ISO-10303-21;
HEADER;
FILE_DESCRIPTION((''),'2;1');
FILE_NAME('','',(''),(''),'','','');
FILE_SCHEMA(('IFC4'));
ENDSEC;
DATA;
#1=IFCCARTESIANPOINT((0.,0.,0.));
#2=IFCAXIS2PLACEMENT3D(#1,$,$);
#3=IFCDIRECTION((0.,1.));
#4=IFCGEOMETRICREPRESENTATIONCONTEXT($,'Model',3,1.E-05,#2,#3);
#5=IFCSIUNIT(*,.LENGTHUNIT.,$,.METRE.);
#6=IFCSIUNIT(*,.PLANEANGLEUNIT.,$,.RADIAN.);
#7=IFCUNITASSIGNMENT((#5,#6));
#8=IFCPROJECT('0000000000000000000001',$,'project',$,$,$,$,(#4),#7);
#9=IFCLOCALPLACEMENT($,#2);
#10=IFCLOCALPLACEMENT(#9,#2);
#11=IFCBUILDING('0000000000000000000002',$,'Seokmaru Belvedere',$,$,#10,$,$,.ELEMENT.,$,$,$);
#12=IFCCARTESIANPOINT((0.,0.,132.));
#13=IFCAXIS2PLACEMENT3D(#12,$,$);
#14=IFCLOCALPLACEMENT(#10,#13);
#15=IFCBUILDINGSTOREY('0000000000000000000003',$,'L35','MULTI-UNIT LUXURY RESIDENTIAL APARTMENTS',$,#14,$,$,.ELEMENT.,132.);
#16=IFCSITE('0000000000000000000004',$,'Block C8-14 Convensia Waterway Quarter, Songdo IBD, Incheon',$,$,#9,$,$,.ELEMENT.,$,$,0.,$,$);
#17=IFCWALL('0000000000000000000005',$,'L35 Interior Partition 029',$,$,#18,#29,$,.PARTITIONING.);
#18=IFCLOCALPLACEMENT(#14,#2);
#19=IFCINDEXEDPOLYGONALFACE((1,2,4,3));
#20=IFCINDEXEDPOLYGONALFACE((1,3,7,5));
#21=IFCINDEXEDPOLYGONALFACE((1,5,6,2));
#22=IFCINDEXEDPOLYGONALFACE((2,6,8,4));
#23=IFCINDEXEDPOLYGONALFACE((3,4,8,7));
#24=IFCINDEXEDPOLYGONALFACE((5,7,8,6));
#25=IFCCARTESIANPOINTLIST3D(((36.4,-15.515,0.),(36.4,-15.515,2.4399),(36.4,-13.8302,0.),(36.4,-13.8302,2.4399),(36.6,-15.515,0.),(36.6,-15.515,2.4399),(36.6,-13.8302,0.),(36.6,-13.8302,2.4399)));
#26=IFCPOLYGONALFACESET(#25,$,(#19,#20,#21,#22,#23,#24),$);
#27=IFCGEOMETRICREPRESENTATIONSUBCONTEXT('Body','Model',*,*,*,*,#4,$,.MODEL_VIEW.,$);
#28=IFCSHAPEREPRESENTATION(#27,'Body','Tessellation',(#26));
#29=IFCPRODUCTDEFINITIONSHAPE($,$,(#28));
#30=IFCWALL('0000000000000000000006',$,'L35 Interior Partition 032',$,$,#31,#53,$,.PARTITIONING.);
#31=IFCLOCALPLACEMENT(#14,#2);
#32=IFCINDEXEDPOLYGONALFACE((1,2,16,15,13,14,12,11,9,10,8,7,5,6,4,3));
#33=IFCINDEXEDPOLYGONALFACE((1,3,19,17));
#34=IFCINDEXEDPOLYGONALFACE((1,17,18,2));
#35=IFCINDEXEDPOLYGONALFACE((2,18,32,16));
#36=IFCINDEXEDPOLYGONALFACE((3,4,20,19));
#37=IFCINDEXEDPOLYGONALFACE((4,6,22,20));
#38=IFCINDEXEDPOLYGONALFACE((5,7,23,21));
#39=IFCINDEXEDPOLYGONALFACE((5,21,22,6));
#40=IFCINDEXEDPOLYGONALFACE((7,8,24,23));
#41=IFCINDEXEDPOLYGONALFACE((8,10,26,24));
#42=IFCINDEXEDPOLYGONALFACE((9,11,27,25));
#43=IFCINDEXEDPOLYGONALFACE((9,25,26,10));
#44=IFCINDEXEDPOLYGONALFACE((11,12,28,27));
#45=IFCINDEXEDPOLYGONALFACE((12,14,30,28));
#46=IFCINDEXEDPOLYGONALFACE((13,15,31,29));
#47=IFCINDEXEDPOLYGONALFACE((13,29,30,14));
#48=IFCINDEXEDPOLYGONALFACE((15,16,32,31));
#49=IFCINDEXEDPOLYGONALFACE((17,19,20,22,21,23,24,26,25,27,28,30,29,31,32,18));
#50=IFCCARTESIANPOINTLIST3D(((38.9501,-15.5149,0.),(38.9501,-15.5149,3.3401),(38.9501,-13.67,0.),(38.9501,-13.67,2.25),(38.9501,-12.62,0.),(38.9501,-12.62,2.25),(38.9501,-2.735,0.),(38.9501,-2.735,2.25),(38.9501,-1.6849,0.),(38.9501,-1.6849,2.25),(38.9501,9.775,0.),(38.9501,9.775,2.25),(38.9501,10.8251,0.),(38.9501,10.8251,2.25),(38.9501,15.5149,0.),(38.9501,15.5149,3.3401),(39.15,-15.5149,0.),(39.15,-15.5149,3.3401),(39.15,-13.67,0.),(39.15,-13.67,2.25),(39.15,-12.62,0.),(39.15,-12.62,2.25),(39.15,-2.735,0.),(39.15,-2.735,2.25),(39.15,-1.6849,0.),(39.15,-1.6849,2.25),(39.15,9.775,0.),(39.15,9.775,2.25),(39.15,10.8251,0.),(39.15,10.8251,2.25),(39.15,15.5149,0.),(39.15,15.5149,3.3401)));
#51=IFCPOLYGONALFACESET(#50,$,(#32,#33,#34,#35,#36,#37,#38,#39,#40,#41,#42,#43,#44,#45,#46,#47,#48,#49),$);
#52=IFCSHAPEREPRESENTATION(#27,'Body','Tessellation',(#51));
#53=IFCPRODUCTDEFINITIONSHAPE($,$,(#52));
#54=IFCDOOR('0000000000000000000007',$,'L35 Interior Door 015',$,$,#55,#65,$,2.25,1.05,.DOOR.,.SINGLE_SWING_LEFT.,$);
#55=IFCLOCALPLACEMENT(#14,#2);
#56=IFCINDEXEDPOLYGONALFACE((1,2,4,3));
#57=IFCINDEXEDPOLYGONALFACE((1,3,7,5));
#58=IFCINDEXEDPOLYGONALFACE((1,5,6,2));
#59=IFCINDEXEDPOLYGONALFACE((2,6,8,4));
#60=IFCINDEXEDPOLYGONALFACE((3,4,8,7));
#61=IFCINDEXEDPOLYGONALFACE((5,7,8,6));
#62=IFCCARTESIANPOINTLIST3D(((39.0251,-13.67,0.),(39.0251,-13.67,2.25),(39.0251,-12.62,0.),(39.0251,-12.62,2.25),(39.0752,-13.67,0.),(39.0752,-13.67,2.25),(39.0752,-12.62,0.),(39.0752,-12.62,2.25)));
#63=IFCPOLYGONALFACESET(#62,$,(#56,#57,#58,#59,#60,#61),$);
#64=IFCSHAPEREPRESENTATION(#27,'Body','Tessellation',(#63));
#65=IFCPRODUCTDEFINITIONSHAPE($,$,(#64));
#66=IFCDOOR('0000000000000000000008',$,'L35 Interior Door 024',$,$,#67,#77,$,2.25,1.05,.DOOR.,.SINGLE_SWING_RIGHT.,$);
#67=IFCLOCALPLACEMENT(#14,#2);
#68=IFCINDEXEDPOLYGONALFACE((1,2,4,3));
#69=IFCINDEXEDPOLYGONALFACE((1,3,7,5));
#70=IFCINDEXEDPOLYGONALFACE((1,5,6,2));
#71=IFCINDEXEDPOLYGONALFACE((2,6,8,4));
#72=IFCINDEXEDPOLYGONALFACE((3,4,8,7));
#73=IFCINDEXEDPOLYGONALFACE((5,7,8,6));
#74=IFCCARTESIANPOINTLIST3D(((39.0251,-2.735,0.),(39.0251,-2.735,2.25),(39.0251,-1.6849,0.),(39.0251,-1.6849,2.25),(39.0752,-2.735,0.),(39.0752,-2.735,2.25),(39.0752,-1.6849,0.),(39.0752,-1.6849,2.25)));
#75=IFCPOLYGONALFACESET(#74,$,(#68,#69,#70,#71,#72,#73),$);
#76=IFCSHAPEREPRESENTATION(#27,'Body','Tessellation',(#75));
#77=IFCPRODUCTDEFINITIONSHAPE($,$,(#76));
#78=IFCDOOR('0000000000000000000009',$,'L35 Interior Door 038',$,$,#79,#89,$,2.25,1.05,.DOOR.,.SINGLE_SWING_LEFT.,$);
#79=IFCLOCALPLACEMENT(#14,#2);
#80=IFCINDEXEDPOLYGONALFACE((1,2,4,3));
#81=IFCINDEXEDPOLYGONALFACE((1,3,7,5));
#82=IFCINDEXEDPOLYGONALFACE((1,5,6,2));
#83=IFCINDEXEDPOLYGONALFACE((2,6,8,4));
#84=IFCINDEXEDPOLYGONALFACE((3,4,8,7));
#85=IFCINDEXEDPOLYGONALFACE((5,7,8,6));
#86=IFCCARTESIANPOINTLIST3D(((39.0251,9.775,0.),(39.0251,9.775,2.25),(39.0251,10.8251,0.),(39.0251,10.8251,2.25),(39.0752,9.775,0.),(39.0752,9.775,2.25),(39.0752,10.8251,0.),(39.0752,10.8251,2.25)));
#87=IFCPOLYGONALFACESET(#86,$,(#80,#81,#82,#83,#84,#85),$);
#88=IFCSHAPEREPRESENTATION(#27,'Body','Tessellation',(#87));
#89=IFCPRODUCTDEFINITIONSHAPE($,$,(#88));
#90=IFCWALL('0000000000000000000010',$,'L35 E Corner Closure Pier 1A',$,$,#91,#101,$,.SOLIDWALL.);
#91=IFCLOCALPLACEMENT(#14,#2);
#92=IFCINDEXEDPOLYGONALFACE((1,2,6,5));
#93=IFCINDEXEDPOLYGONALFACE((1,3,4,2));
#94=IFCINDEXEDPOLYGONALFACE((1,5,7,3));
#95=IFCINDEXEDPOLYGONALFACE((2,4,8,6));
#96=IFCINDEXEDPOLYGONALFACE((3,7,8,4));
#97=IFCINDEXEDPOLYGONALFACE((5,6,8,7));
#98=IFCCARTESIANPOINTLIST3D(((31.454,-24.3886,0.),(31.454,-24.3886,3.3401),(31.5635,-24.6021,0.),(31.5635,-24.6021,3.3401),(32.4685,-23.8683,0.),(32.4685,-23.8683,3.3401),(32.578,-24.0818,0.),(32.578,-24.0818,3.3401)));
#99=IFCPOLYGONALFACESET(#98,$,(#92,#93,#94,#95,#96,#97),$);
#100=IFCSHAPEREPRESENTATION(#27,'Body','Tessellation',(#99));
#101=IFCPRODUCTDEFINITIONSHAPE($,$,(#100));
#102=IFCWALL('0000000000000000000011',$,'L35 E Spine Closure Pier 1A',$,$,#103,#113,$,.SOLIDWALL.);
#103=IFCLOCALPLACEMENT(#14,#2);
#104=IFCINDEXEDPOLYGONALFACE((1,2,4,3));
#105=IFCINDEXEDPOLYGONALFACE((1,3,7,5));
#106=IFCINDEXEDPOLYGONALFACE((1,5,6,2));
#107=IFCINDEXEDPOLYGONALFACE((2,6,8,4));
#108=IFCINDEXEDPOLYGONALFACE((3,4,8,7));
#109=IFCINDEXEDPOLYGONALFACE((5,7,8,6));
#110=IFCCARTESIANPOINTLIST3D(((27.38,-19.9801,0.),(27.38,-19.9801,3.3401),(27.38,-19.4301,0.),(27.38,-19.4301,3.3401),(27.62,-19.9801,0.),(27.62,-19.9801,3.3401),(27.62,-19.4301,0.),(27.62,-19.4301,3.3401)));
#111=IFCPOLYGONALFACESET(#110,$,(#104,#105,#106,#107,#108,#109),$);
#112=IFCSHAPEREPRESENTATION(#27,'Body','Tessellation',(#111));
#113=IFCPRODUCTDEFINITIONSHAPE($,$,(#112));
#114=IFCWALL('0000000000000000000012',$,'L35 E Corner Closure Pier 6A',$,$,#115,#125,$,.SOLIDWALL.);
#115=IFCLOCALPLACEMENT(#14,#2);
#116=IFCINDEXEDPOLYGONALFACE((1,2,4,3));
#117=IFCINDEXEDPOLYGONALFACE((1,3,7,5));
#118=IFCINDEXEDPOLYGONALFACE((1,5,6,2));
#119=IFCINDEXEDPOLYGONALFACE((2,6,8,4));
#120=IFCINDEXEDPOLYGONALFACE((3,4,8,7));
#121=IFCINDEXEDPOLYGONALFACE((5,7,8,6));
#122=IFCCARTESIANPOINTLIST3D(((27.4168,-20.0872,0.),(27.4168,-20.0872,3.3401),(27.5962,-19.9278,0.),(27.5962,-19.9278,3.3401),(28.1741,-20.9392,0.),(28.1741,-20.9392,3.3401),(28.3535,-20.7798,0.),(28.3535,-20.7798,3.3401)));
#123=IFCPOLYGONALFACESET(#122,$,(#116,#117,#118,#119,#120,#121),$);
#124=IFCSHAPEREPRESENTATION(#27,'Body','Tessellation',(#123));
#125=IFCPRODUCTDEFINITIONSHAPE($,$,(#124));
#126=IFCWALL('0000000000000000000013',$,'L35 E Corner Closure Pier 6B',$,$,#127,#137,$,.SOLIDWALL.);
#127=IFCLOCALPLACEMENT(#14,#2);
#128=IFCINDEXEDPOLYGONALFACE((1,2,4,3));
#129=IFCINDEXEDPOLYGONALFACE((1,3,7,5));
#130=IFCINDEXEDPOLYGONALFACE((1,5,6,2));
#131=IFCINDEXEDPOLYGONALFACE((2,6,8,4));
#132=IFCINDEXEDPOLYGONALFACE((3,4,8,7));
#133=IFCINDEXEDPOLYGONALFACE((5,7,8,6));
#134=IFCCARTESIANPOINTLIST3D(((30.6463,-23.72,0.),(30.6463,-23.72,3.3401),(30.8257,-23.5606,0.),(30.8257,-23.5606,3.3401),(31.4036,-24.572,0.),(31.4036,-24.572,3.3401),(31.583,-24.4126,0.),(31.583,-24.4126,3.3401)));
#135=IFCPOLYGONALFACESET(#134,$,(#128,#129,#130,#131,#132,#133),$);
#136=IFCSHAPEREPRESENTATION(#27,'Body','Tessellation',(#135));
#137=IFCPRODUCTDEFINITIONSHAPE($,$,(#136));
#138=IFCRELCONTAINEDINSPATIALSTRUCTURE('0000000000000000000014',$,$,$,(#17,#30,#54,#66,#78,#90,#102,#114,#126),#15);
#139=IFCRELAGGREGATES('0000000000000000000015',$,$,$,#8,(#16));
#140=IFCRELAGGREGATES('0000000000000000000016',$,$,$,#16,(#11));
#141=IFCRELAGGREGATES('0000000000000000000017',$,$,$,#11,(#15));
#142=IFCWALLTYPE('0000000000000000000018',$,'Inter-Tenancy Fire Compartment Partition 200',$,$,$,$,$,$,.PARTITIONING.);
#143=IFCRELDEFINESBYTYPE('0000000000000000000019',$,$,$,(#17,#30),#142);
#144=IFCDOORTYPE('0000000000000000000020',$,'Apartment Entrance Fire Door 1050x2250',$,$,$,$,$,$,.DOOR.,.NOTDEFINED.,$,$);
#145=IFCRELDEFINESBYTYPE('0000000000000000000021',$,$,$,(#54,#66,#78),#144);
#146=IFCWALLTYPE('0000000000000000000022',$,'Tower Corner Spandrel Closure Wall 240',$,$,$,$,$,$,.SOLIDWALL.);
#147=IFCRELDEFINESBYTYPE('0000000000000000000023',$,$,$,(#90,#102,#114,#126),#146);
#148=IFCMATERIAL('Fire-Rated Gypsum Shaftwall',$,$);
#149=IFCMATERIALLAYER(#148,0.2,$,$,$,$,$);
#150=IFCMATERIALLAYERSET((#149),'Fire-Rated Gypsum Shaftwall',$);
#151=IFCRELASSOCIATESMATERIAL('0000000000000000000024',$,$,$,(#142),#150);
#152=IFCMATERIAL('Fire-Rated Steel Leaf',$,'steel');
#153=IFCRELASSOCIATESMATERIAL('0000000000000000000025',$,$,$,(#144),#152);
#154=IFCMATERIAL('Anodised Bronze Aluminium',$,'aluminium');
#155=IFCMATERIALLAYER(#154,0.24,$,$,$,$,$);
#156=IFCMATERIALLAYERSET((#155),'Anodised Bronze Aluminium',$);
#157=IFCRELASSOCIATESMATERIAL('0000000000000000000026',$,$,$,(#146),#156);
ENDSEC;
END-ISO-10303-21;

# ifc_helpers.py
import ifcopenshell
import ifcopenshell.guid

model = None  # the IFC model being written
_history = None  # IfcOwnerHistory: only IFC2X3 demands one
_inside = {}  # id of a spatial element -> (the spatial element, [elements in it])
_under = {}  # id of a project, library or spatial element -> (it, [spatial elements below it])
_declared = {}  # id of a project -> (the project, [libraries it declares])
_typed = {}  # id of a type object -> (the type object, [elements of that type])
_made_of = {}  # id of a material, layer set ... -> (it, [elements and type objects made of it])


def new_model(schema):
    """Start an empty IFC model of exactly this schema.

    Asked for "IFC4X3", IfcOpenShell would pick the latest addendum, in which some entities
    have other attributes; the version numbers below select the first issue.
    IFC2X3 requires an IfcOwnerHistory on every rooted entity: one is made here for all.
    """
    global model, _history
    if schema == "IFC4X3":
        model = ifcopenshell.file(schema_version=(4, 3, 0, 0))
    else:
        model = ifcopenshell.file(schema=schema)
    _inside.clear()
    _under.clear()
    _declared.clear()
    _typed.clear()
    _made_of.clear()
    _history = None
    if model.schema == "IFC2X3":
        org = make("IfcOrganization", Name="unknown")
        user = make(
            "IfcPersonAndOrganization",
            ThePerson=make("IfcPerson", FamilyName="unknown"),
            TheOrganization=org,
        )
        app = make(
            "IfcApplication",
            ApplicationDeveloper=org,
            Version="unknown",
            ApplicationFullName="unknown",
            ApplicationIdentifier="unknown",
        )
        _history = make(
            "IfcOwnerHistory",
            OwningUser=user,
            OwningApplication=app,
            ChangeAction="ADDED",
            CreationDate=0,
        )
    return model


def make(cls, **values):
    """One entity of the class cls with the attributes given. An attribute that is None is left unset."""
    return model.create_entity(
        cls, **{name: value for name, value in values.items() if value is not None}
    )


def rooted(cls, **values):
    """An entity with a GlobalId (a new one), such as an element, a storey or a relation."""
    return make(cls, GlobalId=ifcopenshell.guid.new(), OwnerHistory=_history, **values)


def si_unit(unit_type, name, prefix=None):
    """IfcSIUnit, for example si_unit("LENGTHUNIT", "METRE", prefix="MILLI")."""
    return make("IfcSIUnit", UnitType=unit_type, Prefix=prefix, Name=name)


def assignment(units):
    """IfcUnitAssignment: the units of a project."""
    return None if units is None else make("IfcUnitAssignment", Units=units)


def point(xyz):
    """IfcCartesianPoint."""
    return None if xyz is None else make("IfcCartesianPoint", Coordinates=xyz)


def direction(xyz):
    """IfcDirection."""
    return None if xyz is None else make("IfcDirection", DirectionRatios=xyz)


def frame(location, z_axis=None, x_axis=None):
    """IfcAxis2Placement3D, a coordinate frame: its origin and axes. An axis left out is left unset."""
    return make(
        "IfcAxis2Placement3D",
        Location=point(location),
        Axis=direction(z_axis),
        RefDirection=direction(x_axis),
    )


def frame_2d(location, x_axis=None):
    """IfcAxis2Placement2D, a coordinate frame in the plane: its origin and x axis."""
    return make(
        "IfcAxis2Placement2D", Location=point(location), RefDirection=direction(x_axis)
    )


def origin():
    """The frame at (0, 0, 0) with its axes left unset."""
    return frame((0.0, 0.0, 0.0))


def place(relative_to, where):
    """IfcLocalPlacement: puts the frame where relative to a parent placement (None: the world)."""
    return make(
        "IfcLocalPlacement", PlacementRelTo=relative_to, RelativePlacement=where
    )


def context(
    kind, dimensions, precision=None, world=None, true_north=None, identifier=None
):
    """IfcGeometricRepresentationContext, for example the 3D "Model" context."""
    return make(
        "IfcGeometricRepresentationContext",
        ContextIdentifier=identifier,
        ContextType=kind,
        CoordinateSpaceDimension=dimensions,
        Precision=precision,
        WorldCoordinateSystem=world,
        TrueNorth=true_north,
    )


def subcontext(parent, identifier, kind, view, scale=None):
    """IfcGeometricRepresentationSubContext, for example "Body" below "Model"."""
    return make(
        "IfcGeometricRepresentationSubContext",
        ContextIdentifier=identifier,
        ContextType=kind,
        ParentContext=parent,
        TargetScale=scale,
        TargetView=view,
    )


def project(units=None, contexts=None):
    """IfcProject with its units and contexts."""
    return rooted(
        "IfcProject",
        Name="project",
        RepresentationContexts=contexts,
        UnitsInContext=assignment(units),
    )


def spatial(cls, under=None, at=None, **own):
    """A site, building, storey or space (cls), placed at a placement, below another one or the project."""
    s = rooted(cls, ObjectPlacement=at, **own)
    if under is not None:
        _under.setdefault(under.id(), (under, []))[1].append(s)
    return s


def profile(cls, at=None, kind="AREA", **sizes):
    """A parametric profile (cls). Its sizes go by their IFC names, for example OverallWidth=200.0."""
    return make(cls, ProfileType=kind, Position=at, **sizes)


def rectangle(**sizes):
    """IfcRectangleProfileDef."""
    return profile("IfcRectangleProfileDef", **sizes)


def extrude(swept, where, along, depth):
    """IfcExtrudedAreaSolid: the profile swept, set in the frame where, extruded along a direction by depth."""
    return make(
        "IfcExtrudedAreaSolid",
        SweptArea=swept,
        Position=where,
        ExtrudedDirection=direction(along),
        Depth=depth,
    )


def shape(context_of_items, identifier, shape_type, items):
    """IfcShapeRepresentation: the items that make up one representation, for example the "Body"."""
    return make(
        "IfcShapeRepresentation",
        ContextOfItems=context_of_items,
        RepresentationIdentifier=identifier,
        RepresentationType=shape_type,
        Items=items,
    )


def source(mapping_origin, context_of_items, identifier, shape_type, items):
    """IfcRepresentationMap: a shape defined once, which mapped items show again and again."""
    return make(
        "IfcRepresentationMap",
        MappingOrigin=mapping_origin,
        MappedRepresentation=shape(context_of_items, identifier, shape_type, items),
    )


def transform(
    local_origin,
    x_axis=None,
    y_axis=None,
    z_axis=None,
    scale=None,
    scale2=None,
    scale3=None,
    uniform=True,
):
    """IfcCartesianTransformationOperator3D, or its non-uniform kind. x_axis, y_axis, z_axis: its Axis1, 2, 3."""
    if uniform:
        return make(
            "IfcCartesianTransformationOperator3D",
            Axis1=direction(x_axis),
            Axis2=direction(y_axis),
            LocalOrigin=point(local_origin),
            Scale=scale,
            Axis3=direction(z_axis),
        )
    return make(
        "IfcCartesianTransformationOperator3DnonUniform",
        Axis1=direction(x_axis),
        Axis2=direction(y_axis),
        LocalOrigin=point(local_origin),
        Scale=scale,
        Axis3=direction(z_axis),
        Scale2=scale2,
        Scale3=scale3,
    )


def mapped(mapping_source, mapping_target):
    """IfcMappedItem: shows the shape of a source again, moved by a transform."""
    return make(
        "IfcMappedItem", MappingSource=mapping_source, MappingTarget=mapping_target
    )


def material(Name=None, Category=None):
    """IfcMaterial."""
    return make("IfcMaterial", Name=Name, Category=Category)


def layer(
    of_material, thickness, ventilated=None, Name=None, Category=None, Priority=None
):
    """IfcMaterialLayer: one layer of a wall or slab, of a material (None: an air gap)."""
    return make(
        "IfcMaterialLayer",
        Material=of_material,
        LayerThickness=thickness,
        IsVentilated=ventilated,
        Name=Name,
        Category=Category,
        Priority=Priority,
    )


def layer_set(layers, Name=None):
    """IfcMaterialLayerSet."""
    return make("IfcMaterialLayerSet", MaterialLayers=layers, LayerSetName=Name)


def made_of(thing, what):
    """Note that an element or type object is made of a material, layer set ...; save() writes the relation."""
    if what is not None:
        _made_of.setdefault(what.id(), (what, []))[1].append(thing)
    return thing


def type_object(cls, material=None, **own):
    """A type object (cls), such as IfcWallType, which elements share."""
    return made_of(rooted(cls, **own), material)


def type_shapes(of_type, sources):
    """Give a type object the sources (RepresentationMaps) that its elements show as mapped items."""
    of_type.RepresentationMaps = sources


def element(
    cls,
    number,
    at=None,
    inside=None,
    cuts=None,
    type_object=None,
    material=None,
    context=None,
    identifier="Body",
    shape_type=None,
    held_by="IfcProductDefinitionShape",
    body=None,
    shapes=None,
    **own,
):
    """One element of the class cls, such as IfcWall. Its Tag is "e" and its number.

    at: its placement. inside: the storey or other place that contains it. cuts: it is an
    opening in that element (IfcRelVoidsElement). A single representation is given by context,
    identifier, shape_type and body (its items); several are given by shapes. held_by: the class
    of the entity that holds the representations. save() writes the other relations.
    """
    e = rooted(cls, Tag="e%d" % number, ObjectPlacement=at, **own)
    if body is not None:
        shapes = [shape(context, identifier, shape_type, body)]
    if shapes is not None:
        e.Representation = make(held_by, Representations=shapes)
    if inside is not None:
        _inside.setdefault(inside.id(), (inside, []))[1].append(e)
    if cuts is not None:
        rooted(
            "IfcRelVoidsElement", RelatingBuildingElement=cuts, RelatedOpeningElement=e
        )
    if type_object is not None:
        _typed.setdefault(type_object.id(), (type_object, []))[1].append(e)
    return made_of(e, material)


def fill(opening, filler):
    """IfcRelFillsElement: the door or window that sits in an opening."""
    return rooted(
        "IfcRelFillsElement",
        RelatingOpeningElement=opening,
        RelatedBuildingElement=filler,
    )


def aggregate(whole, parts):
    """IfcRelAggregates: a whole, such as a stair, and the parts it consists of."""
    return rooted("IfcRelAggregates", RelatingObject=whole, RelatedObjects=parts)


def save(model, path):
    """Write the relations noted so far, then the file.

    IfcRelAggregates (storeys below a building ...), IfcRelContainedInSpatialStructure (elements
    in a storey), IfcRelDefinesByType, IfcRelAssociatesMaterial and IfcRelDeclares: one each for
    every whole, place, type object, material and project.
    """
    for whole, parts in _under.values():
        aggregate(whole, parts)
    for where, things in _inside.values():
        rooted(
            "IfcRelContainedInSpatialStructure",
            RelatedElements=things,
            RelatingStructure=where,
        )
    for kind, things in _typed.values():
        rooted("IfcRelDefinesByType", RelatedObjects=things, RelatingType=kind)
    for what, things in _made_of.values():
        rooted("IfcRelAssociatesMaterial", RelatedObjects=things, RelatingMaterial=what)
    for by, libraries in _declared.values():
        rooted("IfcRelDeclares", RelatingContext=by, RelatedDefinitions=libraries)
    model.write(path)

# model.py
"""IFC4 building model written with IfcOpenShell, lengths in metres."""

from ifc_helpers import new_model, si_unit, direction, frame, frame_2d, origin, place, context, subcontext, project, spatial, rectangle, extrude, source, transform, mapped, material, layer, layer_set, type_object, type_shapes, element, fill, save


model = new_model("IFC4")

# Units and contexts
model_context = context("Model", 3, precision=1e-05, world=origin(), true_north=direction((0.0, 1.0)))
body_context = subcontext(model_context, "Body", "Model", "MODEL_VIEW")
ifc_project = project(units=[si_unit("LENGTHUNIT", "METRE"), si_unit("PLANEANGLEUNIT", "RADIAN")], contexts=[model_context])

# Site, building, storey
site_placement = place(None, origin())
site = spatial("IfcSite", under=ifc_project, at=site_placement, Name="Block C8-14 Convensia Waterway Quarter, Songdo IBD, Incheon", CompositionType="ELEMENT", RefElevation=0.0)
building_placement = place(site_placement, origin())
building = spatial("IfcBuilding", under=site, at=building_placement, Name="Seokmaru Belvedere", CompositionType="ELEMENT")
storey_placement = place(building_placement, frame((0.0, 0.0, 132.0)))
storey = spatial("IfcBuildingStorey", under=building, at=storey_placement, Name="L35", Description="MULTI-UNIT LUXURY RESIDENTIAL APARTMENTS", CompositionType="ELEMENT", Elevation=132.0)

# Shared definitions
ifc_material_1 = material(Name="Anodised Bronze Aluminium", Category="aluminium")

# Shared definitions
ifc_material_2 = material(Name="Fire-Rated Gypsum Shaftwall")

# Wall
ifc_layer_1 = layer(ifc_material_2, 0.2)
ifc_layer_set_1 = layer_set([ifc_layer_1], Name="Fire-Rated Gypsum Shaftwall")
wall_type_1 = type_object("IfcWallType", Name="Inter-Tenancy Fire Compartment Partition 200", PredefinedType="PARTITIONING", material=ifc_layer_set_1)
wall_1_placement = place(storey_placement, frame((36.5, -15.5149, 0.0), z_axis=(0.0, 0.0, 1.0), x_axis=(0.0, 1.0, 0.0)))
element("IfcWall", 1, at=wall_1_placement, inside=storey, type_object=wall_type_1, Name="L35 Interior Partition 029", PredefinedType="PARTITIONING", context=body_context, shape_type="SweptSolid", body=[
    extrude(rectangle(XDim=1.6848, YDim=0.2, at=frame_2d((0.8423, 0.0))), origin(), (0.0, 0.0, 1.0), 2.4399),
])

# Wall, openings, doors
wall_2_placement = place(storey_placement, frame((39.05, -15.5149, 0.0), z_axis=(0.0, 0.0, 1.0), x_axis=(0.0, 1.0, 0.0)))
wall_2 = element("IfcWall", 2, at=wall_2_placement, inside=storey, type_object=wall_type_1, Name="L35 Interior Partition 032", PredefinedType="PARTITIONING", context=body_context, shape_type="SweptSolid", body=[
    extrude(rectangle(XDim=31.0298, YDim=0.2, at=frame_2d((15.5149, 0.0))), origin(), (0.0, 0.0, 1.0), 3.3401),
])
opening_1_placement = place(wall_2_placement, frame((1.845, 0.0, 0.0)))
opening_1 = element("IfcOpeningElement", 3, at=opening_1_placement, cuts=wall_2, PredefinedType="OPENING", context=body_context, shape_type="SweptSolid", body=[
    extrude(rectangle(XDim=1.05, YDim=2.25, at=frame_2d((0.5249, 1.125))), frame((0.0, 0.1099, 0.0), z_axis=(0.0, -1.0, 0.0), x_axis=(1.0, 0.0, 0.0)), (0.0, 0.0, 1.0), 0.22),
])
opening_2_placement = place(wall_2_placement, frame((12.78, 0.0, 0.0)))
opening_2 = element("IfcOpeningElement", 4, at=opening_2_placement, cuts=wall_2, PredefinedType="OPENING", context=body_context, shape_type="SweptSolid", body=[
    extrude(rectangle(XDim=1.05, YDim=2.25, at=frame_2d((0.5249, 1.125))), frame((0.0, 0.1099, 0.0), z_axis=(0.0, -1.0, 0.0), x_axis=(1.0, 0.0, 0.0)), (0.0, 0.0, 1.0), 0.22),
])
opening_3_placement = place(wall_2_placement, frame((25.29, 0.0, 0.0)))
opening_3 = element("IfcOpeningElement", 5, at=opening_3_placement, cuts=wall_2, PredefinedType="OPENING", context=body_context, shape_type="SweptSolid", body=[
    extrude(rectangle(XDim=1.05, YDim=2.25, at=frame_2d((0.5249, 1.125))), frame((0.0, 0.1099, 0.0), z_axis=(0.0, -1.0, 0.0), x_axis=(1.0, 0.0, 0.0)), (0.0, 0.0, 1.0), 0.22),
])
ifc_material_3 = material(Name="Fire-Rated Steel Leaf", Category="steel")
door_type_1 = type_object("IfcDoorType", Name="Apartment Entrance Fire Door 1050x2250", OperationType="NOTDEFINED", PredefinedType="DOOR", material=ifc_material_3)
shared_shape_1 = source(origin(), body_context, "Body", "SweptSolid", [
    extrude(rectangle(XDim=1.05, YDim=2.25, at=frame_2d((0.5249, 1.125))), frame((0.0, 0.0249, 0.0), z_axis=(0.0, -1.0, 0.0), x_axis=(1.0, 0.0, 0.0)), (0.0, 0.0, 1.0), 0.05),
])
type_shapes(door_type_1, [shared_shape_1])
door_1_placement = place(opening_1_placement, origin())
door_1 = element("IfcDoor", 6, at=door_1_placement, inside=storey, type_object=door_type_1, Name="L35 Interior Door 015", OperationType="SINGLE_SWING_LEFT", OverallHeight=2.25, OverallWidth=1.05, PredefinedType="DOOR", context=body_context, shape_type="MappedRepresentation", body=[
    mapped(shared_shape_1, transform((0.0, 0.0, 0.0), scale=1.0)),
])
fill(opening_1, door_1)
door_2_placement = place(opening_2_placement, origin())
door_2 = element("IfcDoor", 7, at=door_2_placement, inside=storey, type_object=door_type_1, Name="L35 Interior Door 024", OperationType="SINGLE_SWING_RIGHT", OverallHeight=2.25, OverallWidth=1.05, PredefinedType="DOOR", context=body_context, shape_type="MappedRepresentation", body=[
    mapped(shared_shape_1, transform((0.0, 0.0, 0.0), scale=1.0)),
])
fill(opening_2, door_2)
door_3_placement = place(opening_3_placement, origin())
door_3 = element("IfcDoor", 8, at=door_3_placement, inside=storey, type_object=door_type_1, Name="L35 Interior Door 038", OperationType="SINGLE_SWING_LEFT", OverallHeight=2.25, OverallWidth=1.05, PredefinedType="DOOR", context=body_context, shape_type="MappedRepresentation", body=[
    mapped(shared_shape_1, transform((0.0, 0.0, 0.0), scale=1.0)),
])
fill(opening_3, door_3)

# Walls
ifc_layer_2 = layer(ifc_material_1, 0.24)
ifc_layer_set_2 = layer_set([ifc_layer_2], Name="Anodised Bronze Aluminium")
wall_type_2 = type_object("IfcWallType", Name="Tower Corner Spandrel Closure Wall 240", PredefinedType="SOLIDWALL", material=ifc_layer_set_2)
wall_3_placement = place(storey_placement, frame((31.5088, -24.4954, 0.0), z_axis=(0.0, 0.0, 1.0), x_axis=(0.889797, 0.456356, 0.0)))
element("IfcWall", 9, at=wall_3_placement, inside=storey, type_object=wall_type_2, Name="L35 E Corner Closure Pier 1A", PredefinedType="SOLIDWALL", context=body_context, shape_type="SweptSolid", body=[
    extrude(rectangle(XDim=1.1401, YDim=0.24, at=frame_2d((0.5701, 0.0))), origin(), (0.0, 0.0, 1.0), 3.3401),
])
wall_4_placement = place(storey_placement, frame((27.5, -19.98, 0.0), z_axis=(0.0, 0.0, 1.0), x_axis=(0.0, 1.0, 0.0)))
element("IfcWall", 10, at=wall_4_placement, inside=storey, type_object=wall_type_2, Name="L35 E Spine Closure Pier 1A", PredefinedType="SOLIDWALL", context=body_context, shape_type="SweptSolid", body=[
    extrude(rectangle(XDim=0.55, YDim=0.24, at=frame_2d((0.2749, 0.0))), origin(), (0.0, 0.0, 1.0), 3.3401),
])
for number, where, z_axis, x_axis, name in (
    (11, (27.5066, -20.0076, 0.0), (0.0, 0.0, 1.0), (0.664337, -0.747433, 0.0), "L35 E Corner Closure Pier 6A"),
    (12, (30.7361, -23.6404, 0.0), (0.0, 0.0, 1.0), (0.664337, -0.747433, 0.0), "L35 E Corner Closure Pier 6B"),
):
    element("IfcWall", number, at=place(storey_placement, frame(where, z_axis=z_axis, x_axis=x_axis)), inside=storey, type_object=wall_type_2, Name=name, PredefinedType="SOLIDWALL", context=body_context, shape_type="SweptSolid", body=[
        extrude(rectangle(XDim=1.1399, YDim=0.24, at=frame_2d((0.5698, 0.0))), origin(), (0.0, 0.0, 1.0), 3.3401),
    ])

save(model, "model.ifc")
